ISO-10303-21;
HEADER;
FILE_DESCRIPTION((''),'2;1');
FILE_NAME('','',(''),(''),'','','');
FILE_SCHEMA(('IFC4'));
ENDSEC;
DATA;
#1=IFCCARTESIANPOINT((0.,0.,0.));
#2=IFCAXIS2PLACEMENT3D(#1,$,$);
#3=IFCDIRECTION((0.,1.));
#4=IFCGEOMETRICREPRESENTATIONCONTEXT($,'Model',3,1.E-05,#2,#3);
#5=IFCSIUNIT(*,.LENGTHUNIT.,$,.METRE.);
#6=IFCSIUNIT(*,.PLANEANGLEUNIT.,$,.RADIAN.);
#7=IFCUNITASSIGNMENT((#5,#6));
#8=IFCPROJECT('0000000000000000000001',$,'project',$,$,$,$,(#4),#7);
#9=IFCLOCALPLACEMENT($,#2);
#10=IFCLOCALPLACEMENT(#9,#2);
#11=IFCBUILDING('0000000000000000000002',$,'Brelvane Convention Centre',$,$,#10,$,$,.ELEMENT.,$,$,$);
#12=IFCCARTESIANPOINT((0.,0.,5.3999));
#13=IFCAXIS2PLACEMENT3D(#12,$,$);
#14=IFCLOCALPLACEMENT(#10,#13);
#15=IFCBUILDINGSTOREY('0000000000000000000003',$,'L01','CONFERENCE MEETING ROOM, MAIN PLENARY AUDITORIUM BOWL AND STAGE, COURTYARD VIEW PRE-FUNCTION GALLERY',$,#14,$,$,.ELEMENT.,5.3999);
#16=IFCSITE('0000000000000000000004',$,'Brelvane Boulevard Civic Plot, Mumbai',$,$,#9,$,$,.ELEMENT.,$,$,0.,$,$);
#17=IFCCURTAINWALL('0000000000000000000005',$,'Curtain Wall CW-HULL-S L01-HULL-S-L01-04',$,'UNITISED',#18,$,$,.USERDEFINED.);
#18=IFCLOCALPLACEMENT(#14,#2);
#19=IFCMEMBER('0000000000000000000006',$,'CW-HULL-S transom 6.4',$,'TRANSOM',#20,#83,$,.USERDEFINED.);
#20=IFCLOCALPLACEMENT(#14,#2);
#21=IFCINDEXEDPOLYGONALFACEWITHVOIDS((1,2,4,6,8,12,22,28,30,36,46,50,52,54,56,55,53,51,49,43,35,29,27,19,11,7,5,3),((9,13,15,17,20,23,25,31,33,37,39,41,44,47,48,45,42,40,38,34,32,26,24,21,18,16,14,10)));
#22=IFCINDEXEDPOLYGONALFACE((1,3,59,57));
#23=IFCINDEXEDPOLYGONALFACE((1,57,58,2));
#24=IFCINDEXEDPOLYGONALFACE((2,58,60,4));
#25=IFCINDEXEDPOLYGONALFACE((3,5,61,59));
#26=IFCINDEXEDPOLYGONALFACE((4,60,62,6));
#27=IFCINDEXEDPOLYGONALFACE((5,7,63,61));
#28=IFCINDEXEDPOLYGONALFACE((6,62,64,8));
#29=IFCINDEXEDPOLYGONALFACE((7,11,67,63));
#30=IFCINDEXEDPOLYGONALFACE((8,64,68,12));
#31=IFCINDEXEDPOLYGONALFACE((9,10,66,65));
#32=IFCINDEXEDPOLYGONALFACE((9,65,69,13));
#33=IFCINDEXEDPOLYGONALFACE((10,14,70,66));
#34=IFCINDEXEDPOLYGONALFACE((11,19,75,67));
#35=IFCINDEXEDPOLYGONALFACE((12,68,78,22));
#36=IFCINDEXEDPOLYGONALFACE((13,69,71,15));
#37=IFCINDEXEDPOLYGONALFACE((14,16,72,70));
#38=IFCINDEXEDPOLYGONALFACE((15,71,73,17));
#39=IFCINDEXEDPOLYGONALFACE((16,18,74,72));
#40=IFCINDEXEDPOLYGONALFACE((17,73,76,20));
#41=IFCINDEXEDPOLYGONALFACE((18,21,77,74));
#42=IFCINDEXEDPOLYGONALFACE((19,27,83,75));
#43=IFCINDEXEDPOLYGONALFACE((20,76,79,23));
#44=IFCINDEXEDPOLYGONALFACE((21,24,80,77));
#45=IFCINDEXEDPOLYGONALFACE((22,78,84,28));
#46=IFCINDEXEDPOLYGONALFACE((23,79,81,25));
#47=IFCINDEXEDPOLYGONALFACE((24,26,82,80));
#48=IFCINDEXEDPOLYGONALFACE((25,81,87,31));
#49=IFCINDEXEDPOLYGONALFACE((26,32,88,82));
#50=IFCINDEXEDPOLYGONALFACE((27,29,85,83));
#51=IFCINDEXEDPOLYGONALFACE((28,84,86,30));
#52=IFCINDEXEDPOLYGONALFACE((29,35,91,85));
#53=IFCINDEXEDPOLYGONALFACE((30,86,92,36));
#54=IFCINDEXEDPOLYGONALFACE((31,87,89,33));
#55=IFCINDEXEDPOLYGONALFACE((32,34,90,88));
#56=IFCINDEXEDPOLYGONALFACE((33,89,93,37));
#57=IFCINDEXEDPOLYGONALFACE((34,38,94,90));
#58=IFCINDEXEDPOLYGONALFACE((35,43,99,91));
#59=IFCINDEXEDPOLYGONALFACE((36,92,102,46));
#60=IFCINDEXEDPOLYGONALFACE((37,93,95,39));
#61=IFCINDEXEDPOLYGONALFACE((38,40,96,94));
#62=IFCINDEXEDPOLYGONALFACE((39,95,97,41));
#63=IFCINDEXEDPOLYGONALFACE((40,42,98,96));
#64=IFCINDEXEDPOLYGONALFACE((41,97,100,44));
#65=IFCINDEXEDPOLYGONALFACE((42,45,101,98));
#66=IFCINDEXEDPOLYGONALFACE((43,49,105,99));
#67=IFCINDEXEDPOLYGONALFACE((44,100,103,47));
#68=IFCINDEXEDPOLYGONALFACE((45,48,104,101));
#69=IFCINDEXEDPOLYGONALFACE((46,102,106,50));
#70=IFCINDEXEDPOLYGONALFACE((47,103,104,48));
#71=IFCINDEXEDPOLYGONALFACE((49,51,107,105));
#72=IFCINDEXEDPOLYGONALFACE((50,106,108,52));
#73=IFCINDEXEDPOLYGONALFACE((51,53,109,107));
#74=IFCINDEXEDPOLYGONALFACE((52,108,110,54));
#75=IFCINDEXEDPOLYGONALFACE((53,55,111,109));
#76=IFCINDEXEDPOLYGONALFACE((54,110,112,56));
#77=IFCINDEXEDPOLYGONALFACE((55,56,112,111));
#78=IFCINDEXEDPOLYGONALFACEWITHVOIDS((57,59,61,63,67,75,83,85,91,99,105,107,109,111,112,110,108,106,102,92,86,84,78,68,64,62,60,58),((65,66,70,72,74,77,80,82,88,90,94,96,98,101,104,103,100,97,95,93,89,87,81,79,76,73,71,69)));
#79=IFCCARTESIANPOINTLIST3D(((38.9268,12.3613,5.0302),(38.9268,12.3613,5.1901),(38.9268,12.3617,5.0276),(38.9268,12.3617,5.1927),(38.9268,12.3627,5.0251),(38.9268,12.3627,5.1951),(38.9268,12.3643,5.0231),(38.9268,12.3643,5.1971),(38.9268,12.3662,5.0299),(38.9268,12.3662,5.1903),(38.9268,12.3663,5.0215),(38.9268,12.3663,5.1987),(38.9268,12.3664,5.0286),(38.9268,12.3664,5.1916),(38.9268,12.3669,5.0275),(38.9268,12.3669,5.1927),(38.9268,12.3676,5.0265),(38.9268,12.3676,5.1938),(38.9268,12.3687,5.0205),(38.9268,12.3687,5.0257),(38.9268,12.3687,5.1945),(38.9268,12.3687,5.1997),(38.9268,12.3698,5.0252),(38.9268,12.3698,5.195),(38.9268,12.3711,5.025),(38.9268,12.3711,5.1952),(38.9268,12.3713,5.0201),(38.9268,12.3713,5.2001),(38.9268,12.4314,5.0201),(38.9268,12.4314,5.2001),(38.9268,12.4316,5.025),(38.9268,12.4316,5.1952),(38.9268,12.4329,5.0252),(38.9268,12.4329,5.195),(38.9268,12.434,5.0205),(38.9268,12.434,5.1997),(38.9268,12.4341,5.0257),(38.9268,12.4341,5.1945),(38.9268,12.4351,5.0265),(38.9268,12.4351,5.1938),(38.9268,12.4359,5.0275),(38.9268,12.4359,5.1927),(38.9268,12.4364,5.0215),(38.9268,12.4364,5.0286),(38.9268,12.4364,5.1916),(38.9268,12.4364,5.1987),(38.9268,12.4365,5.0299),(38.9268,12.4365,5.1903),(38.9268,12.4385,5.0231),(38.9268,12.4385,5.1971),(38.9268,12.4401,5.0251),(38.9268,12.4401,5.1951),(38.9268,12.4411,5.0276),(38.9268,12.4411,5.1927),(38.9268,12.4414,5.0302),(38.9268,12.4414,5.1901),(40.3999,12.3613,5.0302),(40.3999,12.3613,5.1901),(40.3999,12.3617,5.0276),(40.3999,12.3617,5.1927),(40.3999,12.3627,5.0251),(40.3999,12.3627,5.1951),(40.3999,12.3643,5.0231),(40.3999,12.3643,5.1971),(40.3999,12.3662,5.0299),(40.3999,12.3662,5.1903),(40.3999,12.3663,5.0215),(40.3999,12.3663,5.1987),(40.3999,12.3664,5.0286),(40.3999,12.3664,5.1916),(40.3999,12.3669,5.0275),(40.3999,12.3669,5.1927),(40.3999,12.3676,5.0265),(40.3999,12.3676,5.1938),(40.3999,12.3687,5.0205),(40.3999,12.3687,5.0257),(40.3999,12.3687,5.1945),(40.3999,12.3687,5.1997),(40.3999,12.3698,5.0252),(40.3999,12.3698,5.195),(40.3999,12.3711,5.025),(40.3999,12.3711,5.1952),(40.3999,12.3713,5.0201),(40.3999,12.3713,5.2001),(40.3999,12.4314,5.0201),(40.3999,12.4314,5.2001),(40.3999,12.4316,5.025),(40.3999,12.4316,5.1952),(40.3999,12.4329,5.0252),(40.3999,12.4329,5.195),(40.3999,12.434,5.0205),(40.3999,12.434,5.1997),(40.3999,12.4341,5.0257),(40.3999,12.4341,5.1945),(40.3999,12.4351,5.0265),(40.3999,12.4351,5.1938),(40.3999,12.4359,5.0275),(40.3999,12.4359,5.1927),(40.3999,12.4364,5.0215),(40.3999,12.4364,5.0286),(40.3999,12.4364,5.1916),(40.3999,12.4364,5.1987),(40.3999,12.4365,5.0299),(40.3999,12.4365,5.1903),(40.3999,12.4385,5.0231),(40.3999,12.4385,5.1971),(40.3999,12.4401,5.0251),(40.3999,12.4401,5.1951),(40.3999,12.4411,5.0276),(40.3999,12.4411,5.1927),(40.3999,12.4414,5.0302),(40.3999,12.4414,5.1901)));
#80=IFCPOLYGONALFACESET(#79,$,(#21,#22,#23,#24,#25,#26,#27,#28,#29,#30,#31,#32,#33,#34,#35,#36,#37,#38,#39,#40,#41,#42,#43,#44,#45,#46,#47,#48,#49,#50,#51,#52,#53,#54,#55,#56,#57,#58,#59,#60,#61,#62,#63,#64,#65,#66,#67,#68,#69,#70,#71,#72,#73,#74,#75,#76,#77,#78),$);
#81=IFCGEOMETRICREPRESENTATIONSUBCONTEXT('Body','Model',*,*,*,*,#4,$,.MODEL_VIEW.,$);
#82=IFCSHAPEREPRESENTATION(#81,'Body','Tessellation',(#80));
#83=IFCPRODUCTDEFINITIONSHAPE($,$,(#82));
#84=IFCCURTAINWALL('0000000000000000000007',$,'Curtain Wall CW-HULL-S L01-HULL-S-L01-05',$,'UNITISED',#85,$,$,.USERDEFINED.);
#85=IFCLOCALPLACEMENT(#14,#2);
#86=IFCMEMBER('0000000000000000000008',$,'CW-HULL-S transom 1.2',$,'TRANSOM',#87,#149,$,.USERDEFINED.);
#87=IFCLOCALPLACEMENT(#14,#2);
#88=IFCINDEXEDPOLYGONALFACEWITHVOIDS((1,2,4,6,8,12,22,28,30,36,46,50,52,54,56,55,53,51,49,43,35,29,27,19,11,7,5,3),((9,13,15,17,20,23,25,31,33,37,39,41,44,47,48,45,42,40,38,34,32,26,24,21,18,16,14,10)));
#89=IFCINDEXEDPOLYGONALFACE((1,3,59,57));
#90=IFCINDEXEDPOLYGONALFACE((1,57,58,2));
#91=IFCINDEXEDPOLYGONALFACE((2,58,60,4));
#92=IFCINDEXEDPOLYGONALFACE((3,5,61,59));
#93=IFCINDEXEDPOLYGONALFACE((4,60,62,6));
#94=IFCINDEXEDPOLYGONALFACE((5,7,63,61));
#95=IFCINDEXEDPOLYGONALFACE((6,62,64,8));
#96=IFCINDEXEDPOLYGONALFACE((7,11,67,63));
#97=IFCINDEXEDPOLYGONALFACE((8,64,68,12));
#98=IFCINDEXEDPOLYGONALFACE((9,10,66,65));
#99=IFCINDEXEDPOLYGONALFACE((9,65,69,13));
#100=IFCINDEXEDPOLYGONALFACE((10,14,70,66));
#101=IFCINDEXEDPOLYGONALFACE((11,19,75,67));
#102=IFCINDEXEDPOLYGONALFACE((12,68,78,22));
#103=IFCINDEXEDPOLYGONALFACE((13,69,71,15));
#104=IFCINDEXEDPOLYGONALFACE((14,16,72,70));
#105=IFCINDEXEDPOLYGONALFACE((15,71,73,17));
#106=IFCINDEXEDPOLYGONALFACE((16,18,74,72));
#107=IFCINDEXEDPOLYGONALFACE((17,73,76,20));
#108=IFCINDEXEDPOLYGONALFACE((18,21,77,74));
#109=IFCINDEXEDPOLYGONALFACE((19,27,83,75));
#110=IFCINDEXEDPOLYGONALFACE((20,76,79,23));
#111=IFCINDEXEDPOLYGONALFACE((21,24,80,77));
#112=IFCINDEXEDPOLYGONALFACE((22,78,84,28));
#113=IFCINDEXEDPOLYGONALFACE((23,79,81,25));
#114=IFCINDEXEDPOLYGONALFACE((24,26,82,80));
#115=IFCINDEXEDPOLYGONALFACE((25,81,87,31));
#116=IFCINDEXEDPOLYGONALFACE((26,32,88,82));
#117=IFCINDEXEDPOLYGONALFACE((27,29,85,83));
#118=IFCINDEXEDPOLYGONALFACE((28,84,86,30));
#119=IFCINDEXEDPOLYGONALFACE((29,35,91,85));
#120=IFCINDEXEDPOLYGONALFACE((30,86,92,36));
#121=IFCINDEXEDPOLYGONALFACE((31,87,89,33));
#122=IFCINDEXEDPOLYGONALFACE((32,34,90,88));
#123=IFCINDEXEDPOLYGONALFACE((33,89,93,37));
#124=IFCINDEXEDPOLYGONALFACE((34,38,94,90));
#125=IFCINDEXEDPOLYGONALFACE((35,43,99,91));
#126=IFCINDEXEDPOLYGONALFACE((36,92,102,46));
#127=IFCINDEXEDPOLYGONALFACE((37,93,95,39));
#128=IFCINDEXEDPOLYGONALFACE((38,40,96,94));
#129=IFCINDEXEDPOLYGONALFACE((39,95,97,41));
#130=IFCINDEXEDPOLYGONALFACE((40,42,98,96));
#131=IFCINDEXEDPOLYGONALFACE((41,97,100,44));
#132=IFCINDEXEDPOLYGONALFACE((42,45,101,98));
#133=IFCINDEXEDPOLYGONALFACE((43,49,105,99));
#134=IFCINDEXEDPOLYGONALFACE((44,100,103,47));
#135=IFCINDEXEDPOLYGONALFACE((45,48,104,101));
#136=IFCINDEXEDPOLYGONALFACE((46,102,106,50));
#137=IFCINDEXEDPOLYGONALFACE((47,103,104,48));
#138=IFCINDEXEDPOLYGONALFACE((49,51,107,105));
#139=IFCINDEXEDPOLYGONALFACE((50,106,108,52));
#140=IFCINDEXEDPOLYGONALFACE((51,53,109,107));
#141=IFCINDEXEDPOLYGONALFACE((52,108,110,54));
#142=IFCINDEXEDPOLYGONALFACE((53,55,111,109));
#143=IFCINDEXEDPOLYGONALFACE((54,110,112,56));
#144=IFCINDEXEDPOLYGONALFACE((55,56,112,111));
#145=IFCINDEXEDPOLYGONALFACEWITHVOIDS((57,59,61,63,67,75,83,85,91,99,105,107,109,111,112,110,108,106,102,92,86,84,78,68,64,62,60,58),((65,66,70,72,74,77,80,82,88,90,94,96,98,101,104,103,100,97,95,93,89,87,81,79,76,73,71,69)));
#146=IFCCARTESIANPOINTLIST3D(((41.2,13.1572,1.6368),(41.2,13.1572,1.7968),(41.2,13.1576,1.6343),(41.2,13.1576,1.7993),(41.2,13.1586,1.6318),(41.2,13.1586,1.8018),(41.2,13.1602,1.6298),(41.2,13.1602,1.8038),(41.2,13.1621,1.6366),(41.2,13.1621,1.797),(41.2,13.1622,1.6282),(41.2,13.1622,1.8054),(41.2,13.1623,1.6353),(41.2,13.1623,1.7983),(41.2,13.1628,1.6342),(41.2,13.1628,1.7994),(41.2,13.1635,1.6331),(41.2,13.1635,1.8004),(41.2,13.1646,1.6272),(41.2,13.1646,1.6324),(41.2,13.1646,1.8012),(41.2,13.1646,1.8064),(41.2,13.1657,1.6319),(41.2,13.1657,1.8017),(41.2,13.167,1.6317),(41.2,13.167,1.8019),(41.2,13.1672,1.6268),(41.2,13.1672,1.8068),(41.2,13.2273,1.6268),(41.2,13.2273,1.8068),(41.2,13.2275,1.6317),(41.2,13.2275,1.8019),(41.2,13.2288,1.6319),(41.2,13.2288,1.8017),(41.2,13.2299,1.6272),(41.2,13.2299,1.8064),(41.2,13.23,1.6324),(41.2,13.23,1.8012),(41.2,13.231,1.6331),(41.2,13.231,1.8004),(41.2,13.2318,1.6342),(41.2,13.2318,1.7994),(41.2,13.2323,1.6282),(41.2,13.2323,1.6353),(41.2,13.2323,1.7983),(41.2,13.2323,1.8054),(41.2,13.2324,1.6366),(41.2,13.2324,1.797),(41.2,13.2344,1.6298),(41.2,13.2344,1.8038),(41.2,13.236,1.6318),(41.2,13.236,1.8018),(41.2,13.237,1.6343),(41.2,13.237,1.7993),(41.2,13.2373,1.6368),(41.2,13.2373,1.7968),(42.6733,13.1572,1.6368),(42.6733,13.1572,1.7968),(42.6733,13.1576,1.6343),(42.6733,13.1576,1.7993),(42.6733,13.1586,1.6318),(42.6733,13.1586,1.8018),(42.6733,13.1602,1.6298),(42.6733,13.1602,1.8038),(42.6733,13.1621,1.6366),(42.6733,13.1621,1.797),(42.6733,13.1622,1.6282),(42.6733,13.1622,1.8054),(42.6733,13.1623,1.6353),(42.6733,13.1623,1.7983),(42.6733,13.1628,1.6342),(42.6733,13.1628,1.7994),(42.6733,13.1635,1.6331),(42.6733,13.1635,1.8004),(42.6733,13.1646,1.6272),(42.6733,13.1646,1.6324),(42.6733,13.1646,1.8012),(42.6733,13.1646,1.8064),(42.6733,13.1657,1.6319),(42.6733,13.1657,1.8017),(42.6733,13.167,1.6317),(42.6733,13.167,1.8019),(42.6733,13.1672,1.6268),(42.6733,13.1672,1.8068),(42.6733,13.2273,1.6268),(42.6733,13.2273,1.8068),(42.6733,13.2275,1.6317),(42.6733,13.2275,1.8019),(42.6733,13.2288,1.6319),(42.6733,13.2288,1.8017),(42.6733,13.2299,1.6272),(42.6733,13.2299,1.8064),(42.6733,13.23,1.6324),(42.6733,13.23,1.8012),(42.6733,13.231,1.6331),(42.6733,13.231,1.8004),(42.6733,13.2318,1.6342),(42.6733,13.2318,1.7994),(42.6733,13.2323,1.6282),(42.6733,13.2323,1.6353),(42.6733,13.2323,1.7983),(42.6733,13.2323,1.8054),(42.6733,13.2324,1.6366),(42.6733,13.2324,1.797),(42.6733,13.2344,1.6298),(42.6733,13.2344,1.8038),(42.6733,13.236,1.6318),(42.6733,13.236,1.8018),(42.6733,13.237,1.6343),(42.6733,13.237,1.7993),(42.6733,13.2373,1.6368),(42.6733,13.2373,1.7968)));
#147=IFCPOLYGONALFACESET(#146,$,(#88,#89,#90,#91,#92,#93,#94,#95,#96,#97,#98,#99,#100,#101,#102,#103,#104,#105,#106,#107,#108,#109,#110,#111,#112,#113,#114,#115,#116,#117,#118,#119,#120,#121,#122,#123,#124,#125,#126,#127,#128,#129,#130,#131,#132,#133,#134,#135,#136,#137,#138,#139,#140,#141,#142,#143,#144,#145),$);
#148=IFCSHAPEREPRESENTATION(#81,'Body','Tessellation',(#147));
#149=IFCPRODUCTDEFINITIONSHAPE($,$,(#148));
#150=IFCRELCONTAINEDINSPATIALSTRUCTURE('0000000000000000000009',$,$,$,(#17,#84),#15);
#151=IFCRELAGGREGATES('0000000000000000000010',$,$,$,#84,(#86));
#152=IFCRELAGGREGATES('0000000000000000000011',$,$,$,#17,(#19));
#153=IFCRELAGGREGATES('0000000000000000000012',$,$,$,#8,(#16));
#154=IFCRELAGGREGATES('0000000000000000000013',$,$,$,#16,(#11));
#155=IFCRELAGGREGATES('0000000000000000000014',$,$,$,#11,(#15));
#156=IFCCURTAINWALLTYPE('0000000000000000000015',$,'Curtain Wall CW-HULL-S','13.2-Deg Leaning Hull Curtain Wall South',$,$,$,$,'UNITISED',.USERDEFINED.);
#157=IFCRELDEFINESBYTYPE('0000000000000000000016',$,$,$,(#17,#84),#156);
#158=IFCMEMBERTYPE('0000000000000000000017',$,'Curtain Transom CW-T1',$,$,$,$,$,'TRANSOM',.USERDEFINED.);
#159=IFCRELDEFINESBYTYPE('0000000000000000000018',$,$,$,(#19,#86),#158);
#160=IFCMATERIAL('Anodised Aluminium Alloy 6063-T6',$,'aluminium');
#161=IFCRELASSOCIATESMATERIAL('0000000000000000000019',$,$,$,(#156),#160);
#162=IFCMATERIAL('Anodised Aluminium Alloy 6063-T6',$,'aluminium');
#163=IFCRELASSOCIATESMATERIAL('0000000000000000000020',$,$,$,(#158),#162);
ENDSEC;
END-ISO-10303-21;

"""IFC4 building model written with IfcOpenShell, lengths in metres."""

from ifc_helpers import new_model, si_unit, direction, frame, origin, origin_2d, place, context, subcontext, project, spatial, hollow_rectangle, extrude, material, material_profile, profile_set, type_object, element, aggregate, save


model = new_model("IFC4")

# Units and contexts
model_context = context("Model", 3, precision=1e-05, world=origin(), true_north=direction((0.0, 1.0)))
body_context = subcontext(model_context, "Body", "Model", "MODEL_VIEW")
ifc_project = project(units=[si_unit("LENGTHUNIT", "METRE"), si_unit("PLANEANGLEUNIT", "RADIAN")], contexts=[model_context])

# Site, building, storey
site_placement = place(None, origin())
site = spatial("IfcSite", under=ifc_project, at=site_placement, Name="Brelvane Boulevard Civic Plot, Mumbai", CompositionType="ELEMENT", RefElevation=0.0)
building_placement = place(site_placement, origin())
building = spatial("IfcBuilding", under=site, at=building_placement, Name="Brelvane Convention Centre", CompositionType="ELEMENT")
storey_placement = place(building_placement, frame((0.0, 0.0, 5.3999)))
storey = spatial("IfcBuildingStorey", under=building, at=storey_placement, Name="L01", Description="CONFERENCE MEETING ROOM, MAIN PLENARY AUDITORIUM BOWL AND STAGE, COURTYARD VIEW PRE-FUNCTION GALLERY", CompositionType="ELEMENT", Elevation=5.3999)

# Curtain walls, members
ifc_material_1 = material(Name="Anodised Aluminium Alloy 6063-T6", Category="aluminium")
curtain_wall_type = type_object("IfcCurtainWallType", Name="Curtain Wall CW-HULL-S", Description="13.2-Deg Leaning Hull Curtain Wall South", ElementType="UNITISED", PredefinedType="USERDEFINED", material=ifc_material_1)
curtain_wall_1_placement = place(storey_placement, origin())
curtain_wall_1 = element("IfcCurtainWall", 1, at=curtain_wall_1_placement, inside=storey, type_object=curtain_wall_type, Name="Curtain Wall CW-HULL-S L01-HULL-S-L01-04", ObjectType="UNITISED", PredefinedType="USERDEFINED")
ifc_material_2 = material(Name="Anodised Aluminium Alloy 6063-T6", Category="aluminium")
ifc_material_profile = material_profile(ifc_material_2, hollow_rectangle(XDim=0.0801, YDim=0.1799, WallThickness=0.0049, InnerFilletRadius=0.0049, OuterFilletRadius=0.01, at=origin_2d()), Name="ALU-T 180x80x5.0")
ifc_profile_set = profile_set([ifc_material_profile], Name="Anodised Aluminium Alloy 6063-T6")
member_type = type_object("IfcMemberType", Name="Curtain Transom CW-T1", ElementType="TRANSOM", PredefinedType="USERDEFINED", material=ifc_profile_set)
member_1_placement = place(storey_placement, frame((38.9268, 12.4014, 5.1101), z_axis=(1.0, 0.0, 0.0), x_axis=(0.0, 1.0, 0.0)))
member_1 = element("IfcMember", 2, at=member_1_placement, type_object=member_type, Name="CW-HULL-S transom 6.4", ObjectType="TRANSOM", PredefinedType="USERDEFINED", context=body_context, shape_type="SweptSolid", body=[
    extrude(hollow_rectangle(XDim=0.0801, YDim=0.1799, WallThickness=0.0049, InnerFilletRadius=0.0049, OuterFilletRadius=0.01, at=origin_2d()), origin(), (0.0, 0.0, 1.0), 1.4731),
])
curtain_wall_2_placement = place(storey_placement, origin())
curtain_wall_2 = element("IfcCurtainWall", 3, at=curtain_wall_2_placement, inside=storey, type_object=curtain_wall_type, Name="Curtain Wall CW-HULL-S L01-HULL-S-L01-05", ObjectType="UNITISED", PredefinedType="USERDEFINED")
member_2_placement = place(storey_placement, frame((41.2, 13.1973, 1.7168), z_axis=(1.0, 0.0, 0.0), x_axis=(0.0, 1.0, 0.0)))
member_2 = element("IfcMember", 4, at=member_2_placement, type_object=member_type, Name="CW-HULL-S transom 1.2", ObjectType="TRANSOM", PredefinedType="USERDEFINED", context=body_context, shape_type="SweptSolid", body=[
    extrude(hollow_rectangle(XDim=0.0801, YDim=0.1799, WallThickness=0.0049, InnerFilletRadius=0.0049, OuterFilletRadius=0.01, at=origin_2d()), origin(), (0.0, 0.0, 1.0), 1.4734),
])

aggregate(curtain_wall_2, [member_2])
aggregate(curtain_wall_1, [member_1])

save(model, "model.ifc")
